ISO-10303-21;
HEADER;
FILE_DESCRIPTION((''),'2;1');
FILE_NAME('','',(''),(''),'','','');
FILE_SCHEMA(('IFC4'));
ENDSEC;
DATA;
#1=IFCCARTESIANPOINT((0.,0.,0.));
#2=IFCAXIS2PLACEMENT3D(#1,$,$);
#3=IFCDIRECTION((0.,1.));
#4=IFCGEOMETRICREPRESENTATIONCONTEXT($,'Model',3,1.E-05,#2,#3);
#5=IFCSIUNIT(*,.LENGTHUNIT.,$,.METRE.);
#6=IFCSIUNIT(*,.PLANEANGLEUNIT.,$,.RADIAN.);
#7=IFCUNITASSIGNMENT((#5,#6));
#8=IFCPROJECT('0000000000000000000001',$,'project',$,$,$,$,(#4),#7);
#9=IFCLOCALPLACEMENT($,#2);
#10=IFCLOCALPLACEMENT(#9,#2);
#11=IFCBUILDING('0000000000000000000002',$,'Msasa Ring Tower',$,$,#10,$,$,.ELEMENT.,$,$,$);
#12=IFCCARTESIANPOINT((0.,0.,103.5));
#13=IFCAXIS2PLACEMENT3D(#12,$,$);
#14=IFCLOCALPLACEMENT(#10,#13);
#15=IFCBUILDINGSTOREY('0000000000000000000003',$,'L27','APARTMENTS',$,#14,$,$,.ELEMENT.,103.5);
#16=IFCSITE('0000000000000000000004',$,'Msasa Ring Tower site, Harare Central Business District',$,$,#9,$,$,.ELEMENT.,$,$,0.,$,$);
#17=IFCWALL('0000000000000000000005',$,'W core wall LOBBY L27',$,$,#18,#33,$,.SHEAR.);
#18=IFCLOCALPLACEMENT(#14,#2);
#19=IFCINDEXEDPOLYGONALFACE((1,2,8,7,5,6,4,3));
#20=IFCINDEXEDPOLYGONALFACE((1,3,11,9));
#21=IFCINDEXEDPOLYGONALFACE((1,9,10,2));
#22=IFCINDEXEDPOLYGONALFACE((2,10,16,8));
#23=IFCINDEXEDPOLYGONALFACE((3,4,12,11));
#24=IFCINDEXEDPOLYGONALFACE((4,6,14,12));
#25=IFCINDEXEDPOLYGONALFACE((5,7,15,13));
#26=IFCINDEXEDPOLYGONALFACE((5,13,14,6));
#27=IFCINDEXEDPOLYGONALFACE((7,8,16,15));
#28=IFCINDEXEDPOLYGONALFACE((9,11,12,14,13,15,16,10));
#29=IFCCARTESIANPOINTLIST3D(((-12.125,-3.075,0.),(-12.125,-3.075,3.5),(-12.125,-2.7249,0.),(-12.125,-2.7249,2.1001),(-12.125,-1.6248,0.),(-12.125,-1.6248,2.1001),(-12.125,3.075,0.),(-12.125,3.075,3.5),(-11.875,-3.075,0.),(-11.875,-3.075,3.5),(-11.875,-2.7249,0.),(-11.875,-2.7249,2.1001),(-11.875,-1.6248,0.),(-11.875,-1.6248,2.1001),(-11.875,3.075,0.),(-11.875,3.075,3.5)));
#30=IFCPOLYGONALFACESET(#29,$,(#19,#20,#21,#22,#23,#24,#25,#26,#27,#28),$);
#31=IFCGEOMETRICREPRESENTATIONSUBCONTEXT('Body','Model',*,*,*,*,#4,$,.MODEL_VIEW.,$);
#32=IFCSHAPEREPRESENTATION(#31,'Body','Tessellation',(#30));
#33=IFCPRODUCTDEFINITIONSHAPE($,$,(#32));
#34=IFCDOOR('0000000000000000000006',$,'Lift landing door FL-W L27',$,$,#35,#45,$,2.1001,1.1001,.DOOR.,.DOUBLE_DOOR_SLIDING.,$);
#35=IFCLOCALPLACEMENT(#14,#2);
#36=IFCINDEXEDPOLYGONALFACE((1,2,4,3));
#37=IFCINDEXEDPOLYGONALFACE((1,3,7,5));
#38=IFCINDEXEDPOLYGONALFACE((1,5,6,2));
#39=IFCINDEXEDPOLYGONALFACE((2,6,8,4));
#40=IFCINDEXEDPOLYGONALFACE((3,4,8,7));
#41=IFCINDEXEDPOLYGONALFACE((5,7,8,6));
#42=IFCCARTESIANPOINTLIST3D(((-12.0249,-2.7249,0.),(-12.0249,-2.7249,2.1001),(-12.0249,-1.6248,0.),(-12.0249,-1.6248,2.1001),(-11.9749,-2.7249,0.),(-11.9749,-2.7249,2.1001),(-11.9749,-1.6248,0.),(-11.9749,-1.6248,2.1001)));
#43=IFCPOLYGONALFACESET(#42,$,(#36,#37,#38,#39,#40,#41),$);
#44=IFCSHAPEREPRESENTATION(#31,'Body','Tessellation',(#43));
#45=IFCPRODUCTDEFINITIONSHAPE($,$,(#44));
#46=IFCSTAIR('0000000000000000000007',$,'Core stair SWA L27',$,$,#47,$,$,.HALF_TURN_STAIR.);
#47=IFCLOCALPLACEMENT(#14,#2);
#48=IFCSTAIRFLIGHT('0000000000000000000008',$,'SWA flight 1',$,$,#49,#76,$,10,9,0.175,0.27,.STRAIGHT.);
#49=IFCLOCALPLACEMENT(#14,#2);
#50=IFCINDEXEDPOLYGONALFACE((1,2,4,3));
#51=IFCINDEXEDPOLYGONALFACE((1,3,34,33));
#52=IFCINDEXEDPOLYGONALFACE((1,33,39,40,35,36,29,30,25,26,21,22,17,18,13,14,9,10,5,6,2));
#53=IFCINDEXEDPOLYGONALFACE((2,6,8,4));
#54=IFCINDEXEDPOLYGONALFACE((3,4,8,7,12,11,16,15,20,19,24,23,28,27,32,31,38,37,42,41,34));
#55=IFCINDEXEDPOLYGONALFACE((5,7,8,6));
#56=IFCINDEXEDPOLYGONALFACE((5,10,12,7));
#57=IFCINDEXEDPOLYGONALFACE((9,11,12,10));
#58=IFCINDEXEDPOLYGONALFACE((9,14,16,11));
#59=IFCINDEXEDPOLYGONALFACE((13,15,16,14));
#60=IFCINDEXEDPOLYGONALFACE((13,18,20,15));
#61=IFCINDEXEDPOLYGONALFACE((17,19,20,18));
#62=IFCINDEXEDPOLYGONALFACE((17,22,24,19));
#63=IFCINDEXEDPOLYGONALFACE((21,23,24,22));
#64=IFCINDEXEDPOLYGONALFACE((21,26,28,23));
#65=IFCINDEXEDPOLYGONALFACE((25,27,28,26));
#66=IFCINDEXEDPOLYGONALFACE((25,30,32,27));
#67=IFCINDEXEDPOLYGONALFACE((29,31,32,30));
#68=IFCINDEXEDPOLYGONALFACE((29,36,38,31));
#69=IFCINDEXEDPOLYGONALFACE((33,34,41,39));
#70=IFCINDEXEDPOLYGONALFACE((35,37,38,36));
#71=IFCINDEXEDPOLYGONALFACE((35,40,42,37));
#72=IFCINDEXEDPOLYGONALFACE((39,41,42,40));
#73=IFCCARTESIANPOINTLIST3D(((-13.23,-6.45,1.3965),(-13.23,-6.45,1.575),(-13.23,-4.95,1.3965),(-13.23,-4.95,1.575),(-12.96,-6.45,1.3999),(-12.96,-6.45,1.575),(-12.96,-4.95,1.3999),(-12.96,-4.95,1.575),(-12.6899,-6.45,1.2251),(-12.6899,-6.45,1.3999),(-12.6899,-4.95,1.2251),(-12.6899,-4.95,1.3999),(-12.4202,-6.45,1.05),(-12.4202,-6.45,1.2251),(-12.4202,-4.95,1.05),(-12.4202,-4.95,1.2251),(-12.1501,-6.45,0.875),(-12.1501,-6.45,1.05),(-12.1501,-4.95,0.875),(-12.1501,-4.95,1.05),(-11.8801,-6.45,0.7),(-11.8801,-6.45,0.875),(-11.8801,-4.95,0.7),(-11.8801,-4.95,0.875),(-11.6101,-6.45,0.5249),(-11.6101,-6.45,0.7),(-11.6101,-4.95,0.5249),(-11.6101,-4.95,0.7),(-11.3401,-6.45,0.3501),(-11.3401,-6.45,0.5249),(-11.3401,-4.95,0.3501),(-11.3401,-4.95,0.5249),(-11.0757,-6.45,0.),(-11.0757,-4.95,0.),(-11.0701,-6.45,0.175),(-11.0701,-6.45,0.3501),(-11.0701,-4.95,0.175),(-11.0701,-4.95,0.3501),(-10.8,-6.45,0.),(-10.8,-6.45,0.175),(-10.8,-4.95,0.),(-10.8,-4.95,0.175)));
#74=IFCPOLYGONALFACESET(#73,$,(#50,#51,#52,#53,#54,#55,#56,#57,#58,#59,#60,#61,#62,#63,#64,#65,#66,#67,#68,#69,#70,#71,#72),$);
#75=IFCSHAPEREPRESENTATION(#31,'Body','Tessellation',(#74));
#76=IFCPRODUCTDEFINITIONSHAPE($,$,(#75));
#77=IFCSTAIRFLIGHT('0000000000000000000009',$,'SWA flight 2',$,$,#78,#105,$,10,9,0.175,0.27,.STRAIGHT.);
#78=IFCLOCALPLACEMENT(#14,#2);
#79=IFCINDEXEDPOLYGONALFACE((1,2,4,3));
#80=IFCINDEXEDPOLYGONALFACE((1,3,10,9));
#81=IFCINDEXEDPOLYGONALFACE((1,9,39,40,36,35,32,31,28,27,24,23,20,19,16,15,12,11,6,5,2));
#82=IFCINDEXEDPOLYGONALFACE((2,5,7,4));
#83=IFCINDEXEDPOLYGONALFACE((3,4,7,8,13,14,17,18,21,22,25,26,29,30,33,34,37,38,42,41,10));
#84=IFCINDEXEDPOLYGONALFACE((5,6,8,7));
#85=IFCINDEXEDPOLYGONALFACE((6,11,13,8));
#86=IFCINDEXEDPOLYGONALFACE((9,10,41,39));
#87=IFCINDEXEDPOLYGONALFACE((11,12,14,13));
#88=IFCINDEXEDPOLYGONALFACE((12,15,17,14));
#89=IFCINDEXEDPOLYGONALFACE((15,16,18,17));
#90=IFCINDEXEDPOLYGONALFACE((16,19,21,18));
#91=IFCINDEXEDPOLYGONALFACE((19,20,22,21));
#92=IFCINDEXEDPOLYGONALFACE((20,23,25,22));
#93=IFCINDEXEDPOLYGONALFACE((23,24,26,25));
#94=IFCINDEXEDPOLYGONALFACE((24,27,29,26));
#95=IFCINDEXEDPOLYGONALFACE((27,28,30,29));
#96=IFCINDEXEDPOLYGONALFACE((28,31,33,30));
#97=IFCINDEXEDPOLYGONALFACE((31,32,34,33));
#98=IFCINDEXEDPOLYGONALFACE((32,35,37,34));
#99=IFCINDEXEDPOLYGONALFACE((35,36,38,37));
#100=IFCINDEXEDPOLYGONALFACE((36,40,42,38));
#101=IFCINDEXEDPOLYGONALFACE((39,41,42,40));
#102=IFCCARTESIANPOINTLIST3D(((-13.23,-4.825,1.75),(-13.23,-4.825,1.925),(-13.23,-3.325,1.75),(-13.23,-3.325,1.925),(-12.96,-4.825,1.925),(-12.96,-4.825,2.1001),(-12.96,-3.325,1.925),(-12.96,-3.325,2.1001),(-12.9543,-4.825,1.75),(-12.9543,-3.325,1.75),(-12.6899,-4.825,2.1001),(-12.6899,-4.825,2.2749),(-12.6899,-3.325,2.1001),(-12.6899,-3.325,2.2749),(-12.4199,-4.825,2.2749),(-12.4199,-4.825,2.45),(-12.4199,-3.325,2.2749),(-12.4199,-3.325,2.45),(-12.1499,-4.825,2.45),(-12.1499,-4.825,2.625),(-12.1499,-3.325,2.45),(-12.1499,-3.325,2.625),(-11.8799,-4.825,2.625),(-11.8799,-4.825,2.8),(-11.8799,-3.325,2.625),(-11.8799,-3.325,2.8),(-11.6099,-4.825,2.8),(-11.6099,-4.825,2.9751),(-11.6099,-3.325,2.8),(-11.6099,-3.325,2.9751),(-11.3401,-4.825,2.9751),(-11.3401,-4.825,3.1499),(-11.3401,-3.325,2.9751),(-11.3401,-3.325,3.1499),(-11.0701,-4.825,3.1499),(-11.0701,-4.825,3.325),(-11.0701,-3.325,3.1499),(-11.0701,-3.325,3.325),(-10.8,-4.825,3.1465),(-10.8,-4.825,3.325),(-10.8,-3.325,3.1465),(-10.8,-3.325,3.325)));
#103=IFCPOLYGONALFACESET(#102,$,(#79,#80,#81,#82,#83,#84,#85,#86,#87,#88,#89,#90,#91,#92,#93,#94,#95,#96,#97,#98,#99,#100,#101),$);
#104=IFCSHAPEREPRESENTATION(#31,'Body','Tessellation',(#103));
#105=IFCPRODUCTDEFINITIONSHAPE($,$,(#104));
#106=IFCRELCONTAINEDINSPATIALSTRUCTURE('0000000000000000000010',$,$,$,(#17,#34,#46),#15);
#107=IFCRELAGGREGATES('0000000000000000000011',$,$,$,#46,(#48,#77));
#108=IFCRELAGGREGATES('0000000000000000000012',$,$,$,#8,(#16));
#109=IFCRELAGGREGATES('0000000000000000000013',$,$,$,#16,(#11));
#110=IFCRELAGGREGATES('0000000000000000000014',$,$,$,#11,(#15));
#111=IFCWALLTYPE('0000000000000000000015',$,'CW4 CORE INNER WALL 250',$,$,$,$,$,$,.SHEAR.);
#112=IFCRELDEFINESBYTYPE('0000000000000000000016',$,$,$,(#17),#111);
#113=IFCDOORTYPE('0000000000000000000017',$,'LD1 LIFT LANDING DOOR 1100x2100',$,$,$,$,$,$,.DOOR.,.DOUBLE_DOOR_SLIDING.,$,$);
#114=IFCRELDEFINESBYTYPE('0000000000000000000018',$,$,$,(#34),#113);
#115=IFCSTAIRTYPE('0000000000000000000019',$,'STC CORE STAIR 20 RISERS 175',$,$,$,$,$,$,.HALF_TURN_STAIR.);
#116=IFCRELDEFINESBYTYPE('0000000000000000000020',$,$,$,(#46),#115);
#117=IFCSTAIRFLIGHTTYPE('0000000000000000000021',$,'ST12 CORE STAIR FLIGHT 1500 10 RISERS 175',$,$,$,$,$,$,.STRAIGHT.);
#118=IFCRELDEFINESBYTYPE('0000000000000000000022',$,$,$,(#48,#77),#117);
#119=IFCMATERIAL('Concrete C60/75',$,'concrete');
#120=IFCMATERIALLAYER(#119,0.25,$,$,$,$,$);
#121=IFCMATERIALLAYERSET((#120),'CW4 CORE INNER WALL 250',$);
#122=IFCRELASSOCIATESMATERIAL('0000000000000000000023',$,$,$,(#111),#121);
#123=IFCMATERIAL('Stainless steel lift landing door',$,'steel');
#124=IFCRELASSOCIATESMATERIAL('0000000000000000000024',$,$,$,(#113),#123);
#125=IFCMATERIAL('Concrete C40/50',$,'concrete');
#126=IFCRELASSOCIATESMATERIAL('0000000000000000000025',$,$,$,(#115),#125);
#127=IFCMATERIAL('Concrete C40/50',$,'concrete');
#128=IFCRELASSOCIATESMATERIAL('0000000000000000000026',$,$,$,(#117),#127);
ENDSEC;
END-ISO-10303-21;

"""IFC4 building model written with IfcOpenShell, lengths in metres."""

from ifc_helpers import new_model, si_unit, direction, frame, frame_2d, origin, place, context, subcontext, project, spatial, polyline, rectangle, outline, extrude, material, layer, layer_set, type_object, element, fill, aggregate, save


model = new_model("IFC4")

# Units and contexts
model_context = context("Model", 3, precision=1e-05, world=origin(), true_north=direction((0.0, 1.0)))
body_context = subcontext(model_context, "Body", "Model", "MODEL_VIEW")
ifc_project = project(units=[si_unit("LENGTHUNIT", "METRE"), si_unit("PLANEANGLEUNIT", "RADIAN")], contexts=[model_context])

# Site, building, storey
site_placement = place(None, origin())
site = spatial("IfcSite", under=ifc_project, at=site_placement, Name="Msasa Ring Tower site, Harare Central Business District", CompositionType="ELEMENT", RefElevation=0.0)
building_placement = place(site_placement, origin())
building = spatial("IfcBuilding", under=site, at=building_placement, Name="Msasa Ring Tower", CompositionType="ELEMENT")
storey_placement = place(building_placement, frame((0.0, 0.0, 103.5)))
storey = spatial("IfcBuildingStorey", under=building, at=storey_placement, Name="L27", Description="APARTMENTS", CompositionType="ELEMENT", Elevation=103.5)

# Wall, opening, door
ifc_material_1 = material(Name="Concrete C60/75", Category="concrete")
ifc_layer_1 = layer(ifc_material_1, 0.25)
ifc_layer_set_1 = layer_set([ifc_layer_1], Name="CW4 CORE INNER WALL 250")
wall_type_1 = type_object("IfcWallType", Name="CW4 CORE INNER WALL 250", PredefinedType="SHEAR", material=ifc_layer_set_1)
wall_1_placement = place(storey_placement, frame((-12.0, -3.075, 0.0), z_axis=(0.0, 0.0, 1.0), x_axis=(0.0, 1.0, 0.0)))
wall_1 = element("IfcWall", 1, at=wall_1_placement, inside=storey, type_object=wall_type_1, Name="W core wall LOBBY L27", PredefinedType="SHEAR", context=body_context, shape_type="SweptSolid", body=[
    extrude(rectangle(XDim=6.1499, YDim=0.25, at=frame_2d((3.075, 0.0))), origin(), (0.0, 0.0, 1.0), 3.5),
])
opening_1_placement = place(wall_1_placement, frame((0.3501, 0.0, 0.0)))
opening_1 = element("IfcOpeningElement", 2, at=opening_1_placement, cuts=wall_1, PredefinedType="OPENING", context=body_context, shape_type="SweptSolid", body=[
    extrude(rectangle(XDim=1.1001, YDim=2.1001, at=frame_2d((0.55, 1.05))), frame((0.0, 0.135, 0.0), z_axis=(0.0, -1.0, 0.0), x_axis=(1.0, 0.0, 0.0)), (0.0, 0.0, 1.0), 0.27),
])
ifc_material_2 = material(Name="Stainless steel lift landing door", Category="steel")
door_type_1 = type_object("IfcDoorType", Name="LD1 LIFT LANDING DOOR 1100x2100", OperationType="DOUBLE_DOOR_SLIDING", PredefinedType="DOOR", material=ifc_material_2)
door_1_placement = place(opening_1_placement, origin())
door_1 = element("IfcDoor", 3, at=door_1_placement, inside=storey, type_object=door_type_1, Name="Lift landing door FL-W L27", OperationType="DOUBLE_DOOR_SLIDING", OverallHeight=2.1001, OverallWidth=1.1001, PredefinedType="DOOR", context=body_context, shape_type="SweptSolid", body=[
    extrude(rectangle(XDim=1.1001, YDim=2.1001, at=frame_2d((0.55, 1.05))), frame((0.0, 0.0249, 0.0), z_axis=(0.0, -1.0, 0.0), x_axis=(1.0, 0.0, 0.0)), (0.0, 0.0, 1.0), 0.05),
])
fill(opening_1, door_1)

# Stair, stair flights
ifc_material_3 = material(Name="Concrete C40/50", Category="concrete")
stair_type = type_object("IfcStairType", Name="STC CORE STAIR 20 RISERS 175", PredefinedType="HALF_TURN_STAIR", material=ifc_material_3)
stair_placement = place(storey_placement, origin())
stair = element("IfcStair", 4, at=stair_placement, inside=storey, type_object=stair_type, Name="Core stair SWA L27", PredefinedType="HALF_TURN_STAIR")
ifc_material_4 = material(Name="Concrete C40/50", Category="concrete")
stair_flight_type = type_object("IfcStairFlightType", Name="ST12 CORE STAIR FLIGHT 1500 10 RISERS 175", PredefinedType="STRAIGHT", material=ifc_material_4)
stair_flight_1_placement = place(storey_placement, frame((-10.8, -5.7, 0.0), z_axis=(0.0, 0.0, 1.0), x_axis=(-1.0, 0.0, 0.0)))
stair_flight_1 = element("IfcStairFlight", 5, at=stair_flight_1_placement, type_object=stair_flight_type, Name="SWA flight 1", NumberOfRisers=10, NumberOfTreads=9, PredefinedType="STRAIGHT", RiserHeight=0.175, TreadLength=0.27, context=body_context, shape_type="SweptSolid", body=[
    extrude(outline(polyline([(0.0, 0.0), (0.0, 0.175), (0.27, 0.175), (0.27, 0.3501), (0.54, 0.3501), (0.54, 0.5249), (0.8101, 0.5249), (0.8101, 0.7), (1.0801, 0.7), (1.0801, 0.875), (1.3501, 0.875), (1.3501, 1.05), (1.6201, 1.05), (1.6201, 1.2251), (1.8899, 1.2251), (1.8899, 1.3999), (2.1599, 1.3999), (2.1599, 1.575), (2.4299, 1.575), (2.4299, 1.75), (2.4299, 1.3965), (0.2756, 0.0), (0.0, 0.0)])), frame((0.0, 0.75, 0.0), z_axis=(0.0, -1.0, 0.0), x_axis=(1.0, 0.0, 0.0)), (0.0, 0.0, 1.0), 1.5),
])
stair_flight_2_placement = place(storey_placement, frame((-13.23, -4.075, 1.75), z_axis=(0.0, 0.0, 1.0), x_axis=(1.0, 0.0, 0.0)))
stair_flight_2 = element("IfcStairFlight", 6, at=stair_flight_2_placement, type_object=stair_flight_type, Name="SWA flight 2", NumberOfRisers=10, NumberOfTreads=9, PredefinedType="STRAIGHT", RiserHeight=0.175, TreadLength=0.27, context=body_context, shape_type="SweptSolid", body=[
    extrude(outline(polyline([(0.0, 0.0), (0.0, 0.175), (0.27, 0.175), (0.27, 0.3501), (0.54, 0.3501), (0.54, 0.5249), (0.8101, 0.5249), (0.8101, 0.7), (1.0801, 0.7), (1.0801, 0.875), (1.3501, 0.875), (1.3501, 1.05), (1.6201, 1.05), (1.6201, 1.2251), (1.8899, 1.2251), (1.8899, 1.3999), (2.1599, 1.3999), (2.1599, 1.575), (2.4299, 1.575), (2.4299, 1.75), (2.4299, 1.3965), (0.2756, 0.0), (0.0, 0.0)])), frame((0.0, 0.75, 0.0), z_axis=(0.0, -1.0, 0.0), x_axis=(1.0, 0.0, 0.0)), (0.0, 0.0, 1.0), 1.5),
])
aggregate(stair, [stair_flight_1, stair_flight_2])

save(model, "model.ifc")
